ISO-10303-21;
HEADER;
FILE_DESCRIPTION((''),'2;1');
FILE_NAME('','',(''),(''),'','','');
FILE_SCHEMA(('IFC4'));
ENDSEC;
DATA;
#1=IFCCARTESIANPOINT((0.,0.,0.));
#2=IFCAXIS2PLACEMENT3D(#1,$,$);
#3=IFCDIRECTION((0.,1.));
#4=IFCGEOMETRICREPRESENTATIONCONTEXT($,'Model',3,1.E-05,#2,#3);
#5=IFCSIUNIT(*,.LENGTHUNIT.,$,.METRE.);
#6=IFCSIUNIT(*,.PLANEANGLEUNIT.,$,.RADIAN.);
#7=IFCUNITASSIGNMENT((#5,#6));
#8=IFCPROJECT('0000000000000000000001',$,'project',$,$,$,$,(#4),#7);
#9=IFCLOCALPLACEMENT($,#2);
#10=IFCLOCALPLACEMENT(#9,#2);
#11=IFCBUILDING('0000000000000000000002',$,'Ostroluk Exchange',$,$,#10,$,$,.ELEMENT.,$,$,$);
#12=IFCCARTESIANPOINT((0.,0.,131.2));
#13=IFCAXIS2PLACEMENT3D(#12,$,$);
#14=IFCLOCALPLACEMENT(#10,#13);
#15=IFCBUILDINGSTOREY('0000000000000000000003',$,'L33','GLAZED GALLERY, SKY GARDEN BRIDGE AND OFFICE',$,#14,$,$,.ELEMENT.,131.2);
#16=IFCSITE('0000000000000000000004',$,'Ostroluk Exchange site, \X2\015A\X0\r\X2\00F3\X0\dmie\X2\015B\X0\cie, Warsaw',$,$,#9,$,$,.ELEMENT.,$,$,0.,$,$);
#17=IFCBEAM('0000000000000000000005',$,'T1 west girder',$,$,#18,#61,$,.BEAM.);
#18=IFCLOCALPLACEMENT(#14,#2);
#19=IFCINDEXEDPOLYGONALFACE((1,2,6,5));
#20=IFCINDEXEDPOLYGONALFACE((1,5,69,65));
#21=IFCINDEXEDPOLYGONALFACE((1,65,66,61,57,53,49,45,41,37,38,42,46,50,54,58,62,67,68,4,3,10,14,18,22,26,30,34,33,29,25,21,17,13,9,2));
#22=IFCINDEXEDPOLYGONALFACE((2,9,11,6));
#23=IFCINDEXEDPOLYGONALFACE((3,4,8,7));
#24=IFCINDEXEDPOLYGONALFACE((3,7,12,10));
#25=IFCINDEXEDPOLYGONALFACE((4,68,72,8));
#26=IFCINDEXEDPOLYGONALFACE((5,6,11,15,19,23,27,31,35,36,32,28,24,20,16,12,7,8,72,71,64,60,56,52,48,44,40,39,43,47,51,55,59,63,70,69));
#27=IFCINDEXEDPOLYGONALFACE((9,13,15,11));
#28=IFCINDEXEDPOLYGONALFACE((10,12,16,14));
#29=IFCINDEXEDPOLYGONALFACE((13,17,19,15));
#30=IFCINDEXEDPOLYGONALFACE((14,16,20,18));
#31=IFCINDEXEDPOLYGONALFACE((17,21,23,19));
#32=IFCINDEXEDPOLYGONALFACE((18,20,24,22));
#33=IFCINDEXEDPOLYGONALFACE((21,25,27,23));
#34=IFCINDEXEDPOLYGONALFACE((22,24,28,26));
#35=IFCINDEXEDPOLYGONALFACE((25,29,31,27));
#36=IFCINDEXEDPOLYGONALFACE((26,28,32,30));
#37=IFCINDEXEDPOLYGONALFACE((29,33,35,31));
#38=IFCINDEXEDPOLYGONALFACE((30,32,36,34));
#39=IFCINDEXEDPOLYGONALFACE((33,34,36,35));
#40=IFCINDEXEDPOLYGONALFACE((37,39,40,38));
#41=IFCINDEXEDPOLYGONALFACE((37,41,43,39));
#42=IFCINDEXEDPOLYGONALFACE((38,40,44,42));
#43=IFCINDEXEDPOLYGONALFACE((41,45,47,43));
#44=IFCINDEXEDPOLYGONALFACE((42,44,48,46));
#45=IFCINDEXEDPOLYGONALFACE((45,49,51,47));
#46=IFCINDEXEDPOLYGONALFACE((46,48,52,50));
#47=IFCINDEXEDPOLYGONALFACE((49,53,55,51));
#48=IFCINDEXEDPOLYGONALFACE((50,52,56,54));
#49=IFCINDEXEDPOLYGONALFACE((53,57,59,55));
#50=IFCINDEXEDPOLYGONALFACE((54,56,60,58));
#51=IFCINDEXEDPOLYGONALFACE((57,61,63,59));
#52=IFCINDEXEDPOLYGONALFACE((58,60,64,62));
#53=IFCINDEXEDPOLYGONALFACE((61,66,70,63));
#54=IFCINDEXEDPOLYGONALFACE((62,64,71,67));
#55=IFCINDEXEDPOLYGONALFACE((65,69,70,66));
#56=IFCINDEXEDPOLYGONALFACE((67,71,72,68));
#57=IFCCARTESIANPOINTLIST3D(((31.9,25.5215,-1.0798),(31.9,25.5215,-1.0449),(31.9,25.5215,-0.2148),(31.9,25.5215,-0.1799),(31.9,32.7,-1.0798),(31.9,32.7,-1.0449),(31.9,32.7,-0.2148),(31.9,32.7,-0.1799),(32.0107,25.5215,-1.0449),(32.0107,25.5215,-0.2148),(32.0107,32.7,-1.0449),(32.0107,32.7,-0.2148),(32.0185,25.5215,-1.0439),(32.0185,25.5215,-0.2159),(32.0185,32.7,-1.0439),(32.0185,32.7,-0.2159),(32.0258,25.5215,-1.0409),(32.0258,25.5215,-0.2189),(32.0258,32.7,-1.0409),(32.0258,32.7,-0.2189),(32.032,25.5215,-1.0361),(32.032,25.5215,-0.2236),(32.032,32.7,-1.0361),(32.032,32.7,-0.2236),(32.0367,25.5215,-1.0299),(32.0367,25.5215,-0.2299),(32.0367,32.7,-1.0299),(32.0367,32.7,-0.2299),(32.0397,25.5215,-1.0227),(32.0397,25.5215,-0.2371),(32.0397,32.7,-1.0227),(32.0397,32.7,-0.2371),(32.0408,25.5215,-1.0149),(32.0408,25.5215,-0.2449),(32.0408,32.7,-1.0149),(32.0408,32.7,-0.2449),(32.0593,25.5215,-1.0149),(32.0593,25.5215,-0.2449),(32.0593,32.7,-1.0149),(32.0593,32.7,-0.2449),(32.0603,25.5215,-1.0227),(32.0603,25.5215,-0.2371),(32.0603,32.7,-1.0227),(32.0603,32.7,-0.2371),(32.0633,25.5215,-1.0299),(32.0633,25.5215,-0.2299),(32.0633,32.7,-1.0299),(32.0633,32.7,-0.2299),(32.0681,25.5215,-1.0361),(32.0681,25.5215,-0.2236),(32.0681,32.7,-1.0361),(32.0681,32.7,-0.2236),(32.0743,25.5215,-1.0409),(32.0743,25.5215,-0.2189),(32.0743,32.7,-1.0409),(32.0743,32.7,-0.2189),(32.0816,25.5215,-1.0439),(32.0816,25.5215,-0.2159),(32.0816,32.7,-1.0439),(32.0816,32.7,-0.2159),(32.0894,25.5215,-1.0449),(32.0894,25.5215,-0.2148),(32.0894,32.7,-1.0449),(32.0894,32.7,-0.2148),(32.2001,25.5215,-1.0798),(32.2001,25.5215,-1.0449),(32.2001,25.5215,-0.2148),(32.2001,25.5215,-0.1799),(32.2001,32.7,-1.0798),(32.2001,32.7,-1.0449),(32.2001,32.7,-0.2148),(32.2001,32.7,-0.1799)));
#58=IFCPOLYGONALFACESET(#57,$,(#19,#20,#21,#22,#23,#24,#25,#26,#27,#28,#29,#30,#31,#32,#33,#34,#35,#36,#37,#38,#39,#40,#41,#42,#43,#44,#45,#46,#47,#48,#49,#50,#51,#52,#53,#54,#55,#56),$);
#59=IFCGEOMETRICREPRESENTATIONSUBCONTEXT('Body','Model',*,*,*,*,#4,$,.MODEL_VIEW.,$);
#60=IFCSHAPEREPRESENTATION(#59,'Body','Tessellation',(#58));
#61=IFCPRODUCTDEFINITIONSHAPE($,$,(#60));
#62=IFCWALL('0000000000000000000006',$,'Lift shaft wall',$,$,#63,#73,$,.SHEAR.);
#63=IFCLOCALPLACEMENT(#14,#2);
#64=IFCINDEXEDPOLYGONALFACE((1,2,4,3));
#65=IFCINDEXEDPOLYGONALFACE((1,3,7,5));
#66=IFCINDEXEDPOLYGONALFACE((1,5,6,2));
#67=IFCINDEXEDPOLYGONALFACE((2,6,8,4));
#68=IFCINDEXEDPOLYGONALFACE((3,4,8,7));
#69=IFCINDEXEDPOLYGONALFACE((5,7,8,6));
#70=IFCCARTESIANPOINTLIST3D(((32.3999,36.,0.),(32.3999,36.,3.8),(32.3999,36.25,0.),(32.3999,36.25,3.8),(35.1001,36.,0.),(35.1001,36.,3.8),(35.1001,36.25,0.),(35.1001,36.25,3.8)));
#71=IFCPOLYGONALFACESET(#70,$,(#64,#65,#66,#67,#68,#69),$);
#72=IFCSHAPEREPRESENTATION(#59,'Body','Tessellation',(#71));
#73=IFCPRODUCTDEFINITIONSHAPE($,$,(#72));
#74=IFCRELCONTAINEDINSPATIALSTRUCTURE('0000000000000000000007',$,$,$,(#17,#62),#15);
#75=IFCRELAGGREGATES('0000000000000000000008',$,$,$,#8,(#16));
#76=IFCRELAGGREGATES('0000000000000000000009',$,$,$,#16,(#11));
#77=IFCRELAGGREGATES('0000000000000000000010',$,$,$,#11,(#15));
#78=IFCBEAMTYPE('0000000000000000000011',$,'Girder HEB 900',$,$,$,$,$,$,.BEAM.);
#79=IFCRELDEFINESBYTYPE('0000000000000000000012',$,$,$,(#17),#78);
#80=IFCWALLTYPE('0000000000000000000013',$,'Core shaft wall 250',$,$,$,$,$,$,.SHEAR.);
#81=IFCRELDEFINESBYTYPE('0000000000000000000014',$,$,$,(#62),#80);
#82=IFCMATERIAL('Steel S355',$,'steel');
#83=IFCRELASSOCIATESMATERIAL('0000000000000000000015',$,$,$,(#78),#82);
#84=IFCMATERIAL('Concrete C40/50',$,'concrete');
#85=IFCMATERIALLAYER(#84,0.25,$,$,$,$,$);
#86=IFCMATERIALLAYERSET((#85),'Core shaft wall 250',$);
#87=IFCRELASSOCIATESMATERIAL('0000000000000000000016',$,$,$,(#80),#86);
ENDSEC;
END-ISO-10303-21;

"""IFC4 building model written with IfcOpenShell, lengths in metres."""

from ifc_helpers import new_model, si_unit, direction, frame, frame_2d, origin, origin_2d, place, context, subcontext, project, spatial, rectangle, i_section, extrude, material, layer, layer_set, material_profile, profile_set, type_object, element, save


model = new_model("IFC4")

# Units and contexts
model_context = context("Model", 3, precision=1e-05, world=origin(), true_north=direction((0.0, 1.0)))
body_context = subcontext(model_context, "Body", "Model", "MODEL_VIEW")
ifc_project = project(units=[si_unit("LENGTHUNIT", "METRE"), si_unit("PLANEANGLEUNIT", "RADIAN")], contexts=[model_context])

# Site, building, storey
site_placement = place(None, origin())
site = spatial("IfcSite", under=ifc_project, at=site_placement, Name="Ostroluk Exchange site, Śródmieście, Warsaw", CompositionType="ELEMENT", RefElevation=0.0)
building_placement = place(site_placement, origin())
building = spatial("IfcBuilding", under=site, at=building_placement, Name="Ostroluk Exchange", CompositionType="ELEMENT")
storey_placement = place(building_placement, frame((0.0, 0.0, 131.2)))
storey = spatial("IfcBuildingStorey", under=building, at=storey_placement, Name="L33", Description="GLAZED GALLERY, SKY GARDEN BRIDGE AND OFFICE", CompositionType="ELEMENT", Elevation=131.2)

# Beam
ifc_material_1 = material(Name="Steel S355", Category="steel")
ifc_material_profile_1 = material_profile(ifc_material_1, i_section(OverallWidth=0.3, OverallDepth=0.8999, WebThickness=0.0186, FlangeThickness=0.0349, FilletRadius=0.03, at=origin_2d()), Name="HEB 900")
ifc_profile_set_1 = profile_set([ifc_material_profile_1], Name="Steel S355")
beam_type_1 = type_object("IfcBeamType", Name="Girder HEB 900", PredefinedType="BEAM", material=ifc_profile_set_1)
beam_1_placement = place(storey_placement, frame((32.05, 32.7, -0.6299), z_axis=(0.0, -1.0, 0.0), x_axis=(1.0, 0.0, 0.0)))
element("IfcBeam", 1, at=beam_1_placement, inside=storey, type_object=beam_type_1, Name="T1 west girder", PredefinedType="BEAM", context=body_context, shape_type="SweptSolid", body=[
    extrude(i_section(OverallWidth=0.3, OverallDepth=0.8999, WebThickness=0.0186, FlangeThickness=0.0349, FilletRadius=0.03, at=origin_2d()), origin(), (0.0, 0.0, 1.0), 7.1785),
])

# Wall
ifc_material_2 = material(Name="Concrete C40/50", Category="concrete")
ifc_layer_1 = layer(ifc_material_2, 0.25)
ifc_layer_set_1 = layer_set([ifc_layer_1], Name="Core shaft wall 250")
wall_type_1 = type_object("IfcWallType", Name="Core shaft wall 250", PredefinedType="SHEAR", material=ifc_layer_set_1)
wall_1_placement = place(storey_placement, frame((32.3999, 36.125, 0.0), z_axis=(0.0, 0.0, 1.0), x_axis=(1.0, 0.0, 0.0)))
element("IfcWall", 2, at=wall_1_placement, inside=storey, type_object=wall_type_1, Name="Lift shaft wall", PredefinedType="SHEAR", context=body_context, shape_type="SweptSolid", body=[
    extrude(rectangle(XDim=2.7002, YDim=0.25, at=frame_2d((1.3501, 0.0))), origin(), (0.0, 0.0, 1.0), 3.8),
])

save(model, "model.ifc")
